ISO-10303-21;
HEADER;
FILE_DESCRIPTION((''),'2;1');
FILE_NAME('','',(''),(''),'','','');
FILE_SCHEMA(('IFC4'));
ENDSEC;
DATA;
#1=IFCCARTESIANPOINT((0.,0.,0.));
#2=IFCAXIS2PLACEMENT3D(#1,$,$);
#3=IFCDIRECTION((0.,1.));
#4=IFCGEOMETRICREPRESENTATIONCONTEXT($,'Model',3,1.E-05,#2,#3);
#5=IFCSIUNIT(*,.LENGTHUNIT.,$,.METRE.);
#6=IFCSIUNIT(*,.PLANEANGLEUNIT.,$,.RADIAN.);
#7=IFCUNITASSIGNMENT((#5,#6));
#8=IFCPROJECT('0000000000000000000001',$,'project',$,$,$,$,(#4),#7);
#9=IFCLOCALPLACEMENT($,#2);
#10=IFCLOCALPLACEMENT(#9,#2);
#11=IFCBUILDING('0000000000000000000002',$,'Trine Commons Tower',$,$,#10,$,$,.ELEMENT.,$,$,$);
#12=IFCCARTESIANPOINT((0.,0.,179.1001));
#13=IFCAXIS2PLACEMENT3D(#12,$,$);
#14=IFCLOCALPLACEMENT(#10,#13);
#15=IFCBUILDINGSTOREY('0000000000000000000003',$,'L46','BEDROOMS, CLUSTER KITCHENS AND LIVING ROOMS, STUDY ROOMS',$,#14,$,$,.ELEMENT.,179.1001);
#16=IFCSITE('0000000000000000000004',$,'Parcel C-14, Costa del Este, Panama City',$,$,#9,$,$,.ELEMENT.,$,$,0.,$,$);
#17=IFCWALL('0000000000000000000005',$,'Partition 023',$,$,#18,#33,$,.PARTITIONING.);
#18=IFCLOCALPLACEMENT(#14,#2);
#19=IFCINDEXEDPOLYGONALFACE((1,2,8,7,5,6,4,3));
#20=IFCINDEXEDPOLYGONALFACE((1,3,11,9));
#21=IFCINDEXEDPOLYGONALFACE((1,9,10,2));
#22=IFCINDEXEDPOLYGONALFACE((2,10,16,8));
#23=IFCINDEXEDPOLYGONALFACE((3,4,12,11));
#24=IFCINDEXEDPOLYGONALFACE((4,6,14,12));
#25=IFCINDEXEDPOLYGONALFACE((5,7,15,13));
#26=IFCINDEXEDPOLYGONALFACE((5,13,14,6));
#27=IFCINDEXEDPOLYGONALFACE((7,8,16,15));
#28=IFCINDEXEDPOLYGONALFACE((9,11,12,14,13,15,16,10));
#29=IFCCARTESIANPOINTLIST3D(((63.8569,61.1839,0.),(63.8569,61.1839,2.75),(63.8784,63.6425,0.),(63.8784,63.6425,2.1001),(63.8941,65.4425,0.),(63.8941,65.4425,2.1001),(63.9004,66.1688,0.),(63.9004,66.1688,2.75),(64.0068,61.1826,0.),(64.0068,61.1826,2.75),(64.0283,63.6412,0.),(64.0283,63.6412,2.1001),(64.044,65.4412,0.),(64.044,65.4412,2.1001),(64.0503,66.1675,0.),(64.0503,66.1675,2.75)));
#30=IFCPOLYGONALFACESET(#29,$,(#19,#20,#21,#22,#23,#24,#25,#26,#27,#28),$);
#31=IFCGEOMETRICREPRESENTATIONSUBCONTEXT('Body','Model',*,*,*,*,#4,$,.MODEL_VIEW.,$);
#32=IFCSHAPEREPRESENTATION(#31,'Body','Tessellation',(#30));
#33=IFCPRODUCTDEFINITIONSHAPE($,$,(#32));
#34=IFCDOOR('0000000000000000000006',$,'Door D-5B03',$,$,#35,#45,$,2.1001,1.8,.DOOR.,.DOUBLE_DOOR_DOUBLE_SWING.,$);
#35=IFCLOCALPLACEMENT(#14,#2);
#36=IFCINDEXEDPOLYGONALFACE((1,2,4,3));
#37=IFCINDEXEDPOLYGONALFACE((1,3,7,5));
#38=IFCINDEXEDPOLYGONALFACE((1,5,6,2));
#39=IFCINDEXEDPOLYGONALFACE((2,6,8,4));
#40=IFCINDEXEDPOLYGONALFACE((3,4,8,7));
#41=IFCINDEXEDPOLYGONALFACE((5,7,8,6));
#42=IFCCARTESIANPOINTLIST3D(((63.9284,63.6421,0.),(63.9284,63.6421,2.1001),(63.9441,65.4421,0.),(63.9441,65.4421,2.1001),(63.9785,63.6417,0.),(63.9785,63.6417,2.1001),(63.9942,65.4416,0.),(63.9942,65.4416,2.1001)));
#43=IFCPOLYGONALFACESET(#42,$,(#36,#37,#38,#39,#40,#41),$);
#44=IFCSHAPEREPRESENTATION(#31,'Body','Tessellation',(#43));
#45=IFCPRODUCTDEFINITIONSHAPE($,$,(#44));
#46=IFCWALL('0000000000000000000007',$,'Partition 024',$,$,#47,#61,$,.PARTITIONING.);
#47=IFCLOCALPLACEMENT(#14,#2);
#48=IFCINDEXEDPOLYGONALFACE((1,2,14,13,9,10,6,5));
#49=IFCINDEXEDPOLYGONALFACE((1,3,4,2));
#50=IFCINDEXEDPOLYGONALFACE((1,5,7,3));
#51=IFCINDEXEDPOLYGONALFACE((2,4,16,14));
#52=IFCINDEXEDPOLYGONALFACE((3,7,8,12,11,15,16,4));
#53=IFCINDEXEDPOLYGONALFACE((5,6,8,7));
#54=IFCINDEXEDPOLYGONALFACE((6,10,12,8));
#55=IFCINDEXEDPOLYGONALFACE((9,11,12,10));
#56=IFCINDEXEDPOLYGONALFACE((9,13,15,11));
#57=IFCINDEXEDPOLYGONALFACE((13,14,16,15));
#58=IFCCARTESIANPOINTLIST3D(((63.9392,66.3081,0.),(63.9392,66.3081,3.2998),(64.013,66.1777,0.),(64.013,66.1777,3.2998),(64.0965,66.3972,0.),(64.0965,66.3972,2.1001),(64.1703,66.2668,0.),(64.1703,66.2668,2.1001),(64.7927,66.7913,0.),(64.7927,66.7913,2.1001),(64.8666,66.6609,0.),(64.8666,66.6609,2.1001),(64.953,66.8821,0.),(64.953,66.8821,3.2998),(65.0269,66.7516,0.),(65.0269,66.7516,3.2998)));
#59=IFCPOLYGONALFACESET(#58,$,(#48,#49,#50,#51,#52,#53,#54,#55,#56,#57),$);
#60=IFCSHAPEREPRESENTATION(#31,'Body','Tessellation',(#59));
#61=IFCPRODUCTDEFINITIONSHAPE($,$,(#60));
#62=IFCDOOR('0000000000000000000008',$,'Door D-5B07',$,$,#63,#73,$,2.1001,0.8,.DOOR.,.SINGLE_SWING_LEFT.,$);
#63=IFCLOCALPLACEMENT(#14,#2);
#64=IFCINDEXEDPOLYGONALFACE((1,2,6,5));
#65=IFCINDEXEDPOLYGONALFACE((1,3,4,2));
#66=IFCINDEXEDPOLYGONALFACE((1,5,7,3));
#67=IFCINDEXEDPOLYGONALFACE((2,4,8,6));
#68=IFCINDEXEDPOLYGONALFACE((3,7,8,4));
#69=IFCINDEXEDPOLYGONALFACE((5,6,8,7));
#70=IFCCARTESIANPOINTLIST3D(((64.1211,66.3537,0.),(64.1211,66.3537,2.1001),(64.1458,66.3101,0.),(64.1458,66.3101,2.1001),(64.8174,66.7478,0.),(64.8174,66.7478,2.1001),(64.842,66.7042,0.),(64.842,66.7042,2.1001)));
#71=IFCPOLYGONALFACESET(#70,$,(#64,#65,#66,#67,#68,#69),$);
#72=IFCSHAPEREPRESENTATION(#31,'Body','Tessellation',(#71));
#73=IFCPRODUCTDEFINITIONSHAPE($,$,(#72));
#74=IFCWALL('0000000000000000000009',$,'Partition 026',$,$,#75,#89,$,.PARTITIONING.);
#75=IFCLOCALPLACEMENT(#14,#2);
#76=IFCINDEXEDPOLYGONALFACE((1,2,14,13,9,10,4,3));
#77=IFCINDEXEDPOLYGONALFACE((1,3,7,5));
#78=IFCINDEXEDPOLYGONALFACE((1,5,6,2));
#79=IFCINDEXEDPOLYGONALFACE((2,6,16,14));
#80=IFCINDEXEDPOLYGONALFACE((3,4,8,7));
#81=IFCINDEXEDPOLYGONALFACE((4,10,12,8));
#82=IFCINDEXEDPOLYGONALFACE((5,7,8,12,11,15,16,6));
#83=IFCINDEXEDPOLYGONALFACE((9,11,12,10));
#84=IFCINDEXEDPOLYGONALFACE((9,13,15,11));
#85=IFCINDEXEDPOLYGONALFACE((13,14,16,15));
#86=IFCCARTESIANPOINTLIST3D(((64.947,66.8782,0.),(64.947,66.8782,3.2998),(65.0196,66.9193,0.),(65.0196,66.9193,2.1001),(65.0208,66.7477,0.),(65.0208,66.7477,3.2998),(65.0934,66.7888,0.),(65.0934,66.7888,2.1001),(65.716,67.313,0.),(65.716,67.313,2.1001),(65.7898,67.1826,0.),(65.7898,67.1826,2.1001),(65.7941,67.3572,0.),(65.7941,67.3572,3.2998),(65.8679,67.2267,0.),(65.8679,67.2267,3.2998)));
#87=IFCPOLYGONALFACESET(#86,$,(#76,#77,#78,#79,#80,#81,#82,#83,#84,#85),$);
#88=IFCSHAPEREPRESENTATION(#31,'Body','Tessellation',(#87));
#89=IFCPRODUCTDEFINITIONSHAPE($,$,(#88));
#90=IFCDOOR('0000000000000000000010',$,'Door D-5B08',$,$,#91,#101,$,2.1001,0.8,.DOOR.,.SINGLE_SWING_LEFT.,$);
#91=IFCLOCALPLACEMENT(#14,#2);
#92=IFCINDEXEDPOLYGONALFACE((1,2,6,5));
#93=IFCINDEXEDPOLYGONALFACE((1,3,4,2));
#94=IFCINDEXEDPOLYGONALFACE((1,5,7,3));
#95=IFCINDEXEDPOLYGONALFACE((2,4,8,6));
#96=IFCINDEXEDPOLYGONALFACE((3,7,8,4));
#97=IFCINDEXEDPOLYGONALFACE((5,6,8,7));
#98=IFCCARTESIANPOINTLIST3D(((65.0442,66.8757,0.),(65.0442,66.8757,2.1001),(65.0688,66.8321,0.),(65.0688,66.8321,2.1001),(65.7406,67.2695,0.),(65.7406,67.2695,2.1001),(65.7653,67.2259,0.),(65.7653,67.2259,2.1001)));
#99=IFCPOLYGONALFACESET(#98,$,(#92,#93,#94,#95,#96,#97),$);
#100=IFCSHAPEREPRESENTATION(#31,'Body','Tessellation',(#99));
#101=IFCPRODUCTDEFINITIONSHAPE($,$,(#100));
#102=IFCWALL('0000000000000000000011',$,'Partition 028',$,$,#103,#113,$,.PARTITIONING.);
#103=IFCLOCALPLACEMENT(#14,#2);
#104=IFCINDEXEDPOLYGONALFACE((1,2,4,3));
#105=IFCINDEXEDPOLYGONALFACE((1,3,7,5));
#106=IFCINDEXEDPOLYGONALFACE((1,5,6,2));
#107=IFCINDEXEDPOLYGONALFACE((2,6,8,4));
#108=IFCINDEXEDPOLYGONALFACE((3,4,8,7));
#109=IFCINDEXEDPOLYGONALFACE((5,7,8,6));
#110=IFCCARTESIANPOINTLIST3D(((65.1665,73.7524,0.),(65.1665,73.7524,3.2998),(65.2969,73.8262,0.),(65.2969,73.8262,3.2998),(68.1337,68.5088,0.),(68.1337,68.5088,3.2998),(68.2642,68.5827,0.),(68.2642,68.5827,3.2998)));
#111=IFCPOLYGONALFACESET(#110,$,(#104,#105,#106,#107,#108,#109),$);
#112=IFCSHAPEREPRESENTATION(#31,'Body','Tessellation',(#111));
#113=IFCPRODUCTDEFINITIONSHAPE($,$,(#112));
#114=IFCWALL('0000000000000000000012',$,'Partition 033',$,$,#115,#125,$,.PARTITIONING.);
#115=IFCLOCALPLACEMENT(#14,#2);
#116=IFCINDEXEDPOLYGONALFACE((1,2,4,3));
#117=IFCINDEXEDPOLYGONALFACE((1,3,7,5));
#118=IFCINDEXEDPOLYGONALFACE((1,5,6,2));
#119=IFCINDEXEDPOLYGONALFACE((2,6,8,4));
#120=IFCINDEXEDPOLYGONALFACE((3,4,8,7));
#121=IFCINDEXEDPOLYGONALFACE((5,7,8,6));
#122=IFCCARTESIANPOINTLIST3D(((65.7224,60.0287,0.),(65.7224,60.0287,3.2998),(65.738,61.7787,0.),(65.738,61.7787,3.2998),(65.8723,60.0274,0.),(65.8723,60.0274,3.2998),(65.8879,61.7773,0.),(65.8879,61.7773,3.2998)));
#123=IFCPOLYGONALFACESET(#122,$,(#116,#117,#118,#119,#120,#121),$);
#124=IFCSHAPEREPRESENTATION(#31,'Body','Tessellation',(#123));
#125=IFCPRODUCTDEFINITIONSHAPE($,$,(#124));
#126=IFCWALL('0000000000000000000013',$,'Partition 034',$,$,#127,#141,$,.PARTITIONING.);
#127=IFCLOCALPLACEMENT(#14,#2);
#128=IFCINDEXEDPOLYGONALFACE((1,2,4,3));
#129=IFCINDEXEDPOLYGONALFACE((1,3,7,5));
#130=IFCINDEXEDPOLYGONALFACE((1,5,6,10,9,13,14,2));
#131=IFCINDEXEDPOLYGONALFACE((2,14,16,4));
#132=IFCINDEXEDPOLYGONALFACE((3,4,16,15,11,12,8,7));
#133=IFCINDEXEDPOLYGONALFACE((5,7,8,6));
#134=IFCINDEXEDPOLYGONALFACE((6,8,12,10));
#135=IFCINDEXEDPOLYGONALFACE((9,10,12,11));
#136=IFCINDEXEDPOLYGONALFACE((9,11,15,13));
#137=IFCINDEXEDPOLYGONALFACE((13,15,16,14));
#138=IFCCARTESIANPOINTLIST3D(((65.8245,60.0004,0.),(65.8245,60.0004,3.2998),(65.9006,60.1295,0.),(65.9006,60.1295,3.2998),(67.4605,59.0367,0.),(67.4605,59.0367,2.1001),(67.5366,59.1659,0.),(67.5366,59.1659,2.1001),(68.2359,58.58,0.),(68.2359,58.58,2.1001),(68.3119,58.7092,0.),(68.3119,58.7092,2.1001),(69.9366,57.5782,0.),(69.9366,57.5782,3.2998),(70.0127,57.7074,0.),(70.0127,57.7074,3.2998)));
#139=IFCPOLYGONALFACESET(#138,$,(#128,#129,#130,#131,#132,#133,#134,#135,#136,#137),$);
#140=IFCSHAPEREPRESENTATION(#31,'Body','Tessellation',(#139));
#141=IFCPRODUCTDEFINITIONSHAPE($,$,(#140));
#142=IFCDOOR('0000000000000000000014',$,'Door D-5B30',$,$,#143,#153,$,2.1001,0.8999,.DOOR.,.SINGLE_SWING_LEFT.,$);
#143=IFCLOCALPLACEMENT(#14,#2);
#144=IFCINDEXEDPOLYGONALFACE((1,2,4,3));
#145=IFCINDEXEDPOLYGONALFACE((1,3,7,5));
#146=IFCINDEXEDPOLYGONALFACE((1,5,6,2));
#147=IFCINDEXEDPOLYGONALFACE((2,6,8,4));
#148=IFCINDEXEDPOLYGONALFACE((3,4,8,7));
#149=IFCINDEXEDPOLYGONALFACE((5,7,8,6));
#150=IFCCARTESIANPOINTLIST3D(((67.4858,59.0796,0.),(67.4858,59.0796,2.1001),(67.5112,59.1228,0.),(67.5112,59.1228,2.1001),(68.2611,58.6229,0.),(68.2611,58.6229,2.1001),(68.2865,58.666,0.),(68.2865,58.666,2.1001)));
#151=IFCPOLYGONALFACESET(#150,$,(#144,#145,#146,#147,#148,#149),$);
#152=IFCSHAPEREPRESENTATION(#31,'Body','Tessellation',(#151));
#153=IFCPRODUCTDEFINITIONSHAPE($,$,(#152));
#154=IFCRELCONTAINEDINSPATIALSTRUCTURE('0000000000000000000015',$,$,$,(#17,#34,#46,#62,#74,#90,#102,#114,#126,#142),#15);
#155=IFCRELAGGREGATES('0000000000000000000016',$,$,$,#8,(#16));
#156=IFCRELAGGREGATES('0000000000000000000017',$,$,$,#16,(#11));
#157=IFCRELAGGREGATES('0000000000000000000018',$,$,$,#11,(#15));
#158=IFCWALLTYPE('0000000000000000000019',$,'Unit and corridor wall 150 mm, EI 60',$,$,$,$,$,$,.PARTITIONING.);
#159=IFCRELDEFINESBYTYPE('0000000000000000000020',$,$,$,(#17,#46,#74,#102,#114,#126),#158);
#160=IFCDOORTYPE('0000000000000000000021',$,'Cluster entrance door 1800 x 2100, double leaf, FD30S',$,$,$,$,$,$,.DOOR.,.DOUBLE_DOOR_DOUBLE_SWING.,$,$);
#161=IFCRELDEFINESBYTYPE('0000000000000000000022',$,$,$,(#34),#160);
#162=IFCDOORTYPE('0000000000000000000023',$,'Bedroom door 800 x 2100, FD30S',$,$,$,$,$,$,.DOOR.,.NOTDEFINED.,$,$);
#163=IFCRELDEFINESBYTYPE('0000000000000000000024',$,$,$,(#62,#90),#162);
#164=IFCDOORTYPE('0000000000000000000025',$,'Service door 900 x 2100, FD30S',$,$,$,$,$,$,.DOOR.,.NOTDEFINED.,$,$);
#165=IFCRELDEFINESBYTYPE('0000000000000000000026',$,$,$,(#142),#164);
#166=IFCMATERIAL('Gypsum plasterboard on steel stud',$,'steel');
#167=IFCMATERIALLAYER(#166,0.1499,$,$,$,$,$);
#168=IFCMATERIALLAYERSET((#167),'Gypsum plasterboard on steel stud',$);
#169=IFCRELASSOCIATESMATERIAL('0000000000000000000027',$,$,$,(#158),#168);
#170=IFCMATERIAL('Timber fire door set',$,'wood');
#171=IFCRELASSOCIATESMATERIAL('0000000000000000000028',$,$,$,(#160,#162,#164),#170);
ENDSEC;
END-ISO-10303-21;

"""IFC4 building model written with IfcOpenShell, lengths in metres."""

from ifc_helpers import new_model, si_unit, direction, frame, frame_2d, origin, place, context, subcontext, project, spatial, rectangle, extrude, material, layer, layer_set, type_object, element, fill, save


model = new_model("IFC4")

# Units and contexts
model_context = context("Model", 3, precision=1e-05, world=origin(), true_north=direction((0.0, 1.0)))
body_context = subcontext(model_context, "Body", "Model", "MODEL_VIEW")
ifc_project = project(units=[si_unit("LENGTHUNIT", "METRE"), si_unit("PLANEANGLEUNIT", "RADIAN")], contexts=[model_context])

# Site, building, storey
site_placement = place(None, origin())
site = spatial("IfcSite", under=ifc_project, at=site_placement, Name="Parcel C-14, Costa del Este, Panama City", CompositionType="ELEMENT", RefElevation=0.0)
building_placement = place(site_placement, origin())
building = spatial("IfcBuilding", under=site, at=building_placement, Name="Trine Commons Tower", CompositionType="ELEMENT")
storey_placement = place(building_placement, frame((0.0, 0.0, 179.1001)))
storey = spatial("IfcBuildingStorey", under=building, at=storey_placement, Name="L46", Description="BEDROOMS, CLUSTER KITCHENS AND LIVING ROOMS, STUDY ROOMS", CompositionType="ELEMENT", Elevation=179.1001)

# Shared definitions
ifc_material_1 = material(Name="Gypsum plasterboard on steel stud", Category="steel")
ifc_layer_1 = layer(ifc_material_1, 0.1499)
ifc_layer_set_1 = layer_set([ifc_layer_1], Name="Gypsum plasterboard on steel stud")
wall_type_1 = type_object("IfcWallType", Name="Unit and corridor wall 150 mm, EI 60", PredefinedType="PARTITIONING", material=ifc_layer_set_1)

# Walls, openings, doors
wall_1_placement = place(storey_placement, frame((63.9319, 61.1831, 0.0), z_axis=(0.0, 0.0, 1.0), x_axis=(0.008717, 0.999962, 0.0)))
wall_1 = element("IfcWall", 1, at=wall_1_placement, inside=storey, type_object=wall_type_1, Name="Partition 023", PredefinedType="PARTITIONING", context=body_context, shape_type="SweptSolid", body=[
    extrude(rectangle(XDim=4.9851, YDim=0.1499, at=frame_2d((2.4927, 0.0))), origin(), (0.0, 0.0, 1.0), 2.75),
])
opening_1_placement = place(wall_1_placement, frame((2.459, 0.0, 0.0)))
opening_1 = element("IfcOpeningElement", 2, at=opening_1_placement, cuts=wall_1, PredefinedType="OPENING", context=body_context, shape_type="SweptSolid", body=[
    extrude(rectangle(XDim=1.8, YDim=2.1001, at=frame_2d((0.8999, 1.05))), frame((0.0, 0.085, 0.0), z_axis=(0.0, -1.0, 0.0), x_axis=(1.0, 0.0, 0.0)), (0.0, 0.0, 1.0), 0.1699),
])
ifc_material_2 = material(Name="Timber fire door set", Category="wood")
door_type_1 = type_object("IfcDoorType", Name="Cluster entrance door 1800 x 2100, double leaf, FD30S", OperationType="DOUBLE_DOOR_DOUBLE_SWING", PredefinedType="DOOR", material=ifc_material_2)
door_1_placement = place(opening_1_placement, origin())
door_1 = element("IfcDoor", 3, at=door_1_placement, inside=storey, type_object=door_type_1, Name="Door D-5B03", OperationType="DOUBLE_DOOR_DOUBLE_SWING", OverallHeight=2.1001, OverallWidth=1.8, PredefinedType="DOOR", context=body_context, shape_type="SweptSolid", body=[
    extrude(rectangle(XDim=1.8, YDim=2.1001, at=frame_2d((0.8999, 1.05))), frame((0.0, 0.0249, 0.0), z_axis=(0.0, -1.0, 0.0), x_axis=(1.0, 0.0, 0.0)), (0.0, 0.0, 1.0), 0.05),
])
fill(opening_1, door_1)
wall_2_placement = place(storey_placement, frame((63.9761, 66.2429, 0.0), z_axis=(0.0, 0.0, 1.0), x_axis=(0.870235, 0.492637, 0.0)))
wall_2 = element("IfcWall", 4, at=wall_2_placement, inside=storey, type_object=wall_type_1, Name="Partition 024", PredefinedType="PARTITIONING", context=body_context, shape_type="SweptSolid", body=[
    extrude(rectangle(XDim=1.165, YDim=0.1499, at=frame_2d((0.5825, 0.0))), origin(), (0.0, 0.0, 1.0), 3.2998),
])
opening_2_placement = place(wall_2_placement, frame((0.1809, 0.0, 0.0)))
opening_2 = element("IfcOpeningElement", 5, at=opening_2_placement, cuts=wall_2, PredefinedType="OPENING", context=body_context, shape_type="SweptSolid", body=[
    extrude(rectangle(XDim=0.8, YDim=2.1001, at=frame_2d((0.3999, 1.05))), frame((0.0, 0.085, 0.0), z_axis=(0.0, -1.0, 0.0), x_axis=(1.0, 0.0, 0.0)), (0.0, 0.0, 1.0), 0.1699),
])
door_type_2 = type_object("IfcDoorType", Name="Bedroom door 800 x 2100, FD30S", OperationType="NOTDEFINED", PredefinedType="DOOR", material=ifc_material_2)
door_2_placement = place(opening_2_placement, origin())
door_2 = element("IfcDoor", 6, at=door_2_placement, inside=storey, type_object=door_type_2, Name="Door D-5B07", OperationType="SINGLE_SWING_LEFT", OverallHeight=2.1001, OverallWidth=0.8, PredefinedType="DOOR", context=body_context, shape_type="SweptSolid", body=[
    extrude(rectangle(XDim=0.8, YDim=2.1001, at=frame_2d((0.3999, 1.05))), frame((0.0, 0.0249, 0.0), z_axis=(0.0, -1.0, 0.0), x_axis=(1.0, 0.0, 0.0)), (0.0, 0.0, 1.0), 0.05),
])
fill(opening_2, door_2)
wall_3_placement = place(storey_placement, frame((64.9839, 66.813, 0.0), z_axis=(0.0, 0.0, 1.0), x_axis=(0.870488, 0.49219, 0.0)))
wall_3 = element("IfcWall", 7, at=wall_3_placement, inside=storey, type_object=wall_type_1, Name="Partition 026", PredefinedType="PARTITIONING", context=body_context, shape_type="SweptSolid", body=[
    extrude(rectangle(XDim=0.9731, YDim=0.1499, at=frame_2d((0.4866, 0.0))), origin(), (0.0, 0.0, 1.0), 3.2998),
])
opening_3_placement = place(wall_3_placement, frame((0.0835, 0.0, 0.0)))
opening_3 = element("IfcOpeningElement", 8, at=opening_3_placement, cuts=wall_3, PredefinedType="OPENING", context=body_context, shape_type="SweptSolid", body=[
    extrude(rectangle(XDim=0.8, YDim=2.1001, at=frame_2d((0.3999, 1.05))), frame((0.0, 0.085, 0.0), z_axis=(0.0, -1.0, 0.0), x_axis=(1.0, 0.0, 0.0)), (0.0, 0.0, 1.0), 0.1699),
])
door_3_placement = place(opening_3_placement, origin())
door_3 = element("IfcDoor", 9, at=door_3_placement, inside=storey, type_object=door_type_2, Name="Door D-5B08", OperationType="SINGLE_SWING_LEFT", OverallHeight=2.1001, OverallWidth=0.8, PredefinedType="DOOR", context=body_context, shape_type="SweptSolid", body=[
    extrude(rectangle(XDim=0.8, YDim=2.1001, at=frame_2d((0.3999, 1.05))), frame((0.0, 0.0249, 0.0), z_axis=(0.0, -1.0, 0.0), x_axis=(1.0, 0.0, 0.0)), (0.0, 0.0, 1.0), 0.05),
])
fill(opening_3, door_3)

# Walls
wall_4_placement = place(storey_placement, frame((65.2317, 73.7893, 0.0), z_axis=(0.0, 0.0, 1.0), x_axis=(0.492495, -0.870315, 0.0)))
element("IfcWall", 10, at=wall_4_placement, inside=storey, type_object=wall_type_1, Name="Partition 028", PredefinedType="PARTITIONING", context=body_context, shape_type="SweptSolid", body=[
    extrude(rectangle(XDim=6.0249, YDim=0.1499, at=frame_2d((3.0125, 0.0))), origin(), (0.0, 0.0, 1.0), 3.2998),
])
wall_5_placement = place(storey_placement, frame((65.7974, 60.0281, 0.0), z_axis=(0.0, 0.0, 1.0), x_axis=(0.008928, 0.99996, 0.0)))
element("IfcWall", 11, at=wall_5_placement, inside=storey, type_object=wall_type_1, Name="Partition 033", PredefinedType="PARTITIONING", context=body_context, shape_type="SweptSolid", body=[
    extrude(rectangle(XDim=1.75, YDim=0.1499, at=frame_2d((0.875, 0.0))), origin(), (0.0, 0.0, 1.0), 3.2998),
])

# Wall, opening, door
wall_6_placement = place(storey_placement, frame((65.8625, 60.0649, 0.0), z_axis=(0.0, 0.0, 1.0), x_axis=(0.861636, -0.507528, 0.0)))
wall_6 = element("IfcWall", 12, at=wall_6_placement, inside=storey, type_object=wall_type_1, Name="Partition 034", PredefinedType="PARTITIONING", context=body_context, shape_type="SweptSolid", body=[
    extrude(rectangle(XDim=4.7725, YDim=0.1499, at=frame_2d((2.3862, 0.0))), origin(), (0.0, 0.0, 1.0), 3.2998),
])
opening_4_placement = place(wall_6_placement, frame((1.8987, 0.0, 0.0)))
opening_4 = element("IfcOpeningElement", 13, at=opening_4_placement, cuts=wall_6, PredefinedType="OPENING", context=body_context, shape_type="SweptSolid", body=[
    extrude(rectangle(XDim=0.8999, YDim=2.1001, at=frame_2d((0.45, 1.05))), frame((0.0, 0.085, 0.0), z_axis=(0.0, -1.0, 0.0), x_axis=(1.0, 0.0, 0.0)), (0.0, 0.0, 1.0), 0.1699),
])
door_type_3 = type_object("IfcDoorType", Name="Service door 900 x 2100, FD30S", OperationType="NOTDEFINED", PredefinedType="DOOR", material=ifc_material_2)
door_4_placement = place(opening_4_placement, origin())
door_4 = element("IfcDoor", 14, at=door_4_placement, inside=storey, type_object=door_type_3, Name="Door D-5B30", OperationType="SINGLE_SWING_LEFT", OverallHeight=2.1001, OverallWidth=0.8999, PredefinedType="DOOR", context=body_context, shape_type="SweptSolid", body=[
    extrude(rectangle(XDim=0.8999, YDim=2.1001, at=frame_2d((0.45, 1.05))), frame((0.0, 0.0249, 0.0), z_axis=(0.0, -1.0, 0.0), x_axis=(1.0, 0.0, 0.0)), (0.0, 0.0, 1.0), 0.05),
])
fill(opening_4, door_4)

save(model, "model.ifc")
